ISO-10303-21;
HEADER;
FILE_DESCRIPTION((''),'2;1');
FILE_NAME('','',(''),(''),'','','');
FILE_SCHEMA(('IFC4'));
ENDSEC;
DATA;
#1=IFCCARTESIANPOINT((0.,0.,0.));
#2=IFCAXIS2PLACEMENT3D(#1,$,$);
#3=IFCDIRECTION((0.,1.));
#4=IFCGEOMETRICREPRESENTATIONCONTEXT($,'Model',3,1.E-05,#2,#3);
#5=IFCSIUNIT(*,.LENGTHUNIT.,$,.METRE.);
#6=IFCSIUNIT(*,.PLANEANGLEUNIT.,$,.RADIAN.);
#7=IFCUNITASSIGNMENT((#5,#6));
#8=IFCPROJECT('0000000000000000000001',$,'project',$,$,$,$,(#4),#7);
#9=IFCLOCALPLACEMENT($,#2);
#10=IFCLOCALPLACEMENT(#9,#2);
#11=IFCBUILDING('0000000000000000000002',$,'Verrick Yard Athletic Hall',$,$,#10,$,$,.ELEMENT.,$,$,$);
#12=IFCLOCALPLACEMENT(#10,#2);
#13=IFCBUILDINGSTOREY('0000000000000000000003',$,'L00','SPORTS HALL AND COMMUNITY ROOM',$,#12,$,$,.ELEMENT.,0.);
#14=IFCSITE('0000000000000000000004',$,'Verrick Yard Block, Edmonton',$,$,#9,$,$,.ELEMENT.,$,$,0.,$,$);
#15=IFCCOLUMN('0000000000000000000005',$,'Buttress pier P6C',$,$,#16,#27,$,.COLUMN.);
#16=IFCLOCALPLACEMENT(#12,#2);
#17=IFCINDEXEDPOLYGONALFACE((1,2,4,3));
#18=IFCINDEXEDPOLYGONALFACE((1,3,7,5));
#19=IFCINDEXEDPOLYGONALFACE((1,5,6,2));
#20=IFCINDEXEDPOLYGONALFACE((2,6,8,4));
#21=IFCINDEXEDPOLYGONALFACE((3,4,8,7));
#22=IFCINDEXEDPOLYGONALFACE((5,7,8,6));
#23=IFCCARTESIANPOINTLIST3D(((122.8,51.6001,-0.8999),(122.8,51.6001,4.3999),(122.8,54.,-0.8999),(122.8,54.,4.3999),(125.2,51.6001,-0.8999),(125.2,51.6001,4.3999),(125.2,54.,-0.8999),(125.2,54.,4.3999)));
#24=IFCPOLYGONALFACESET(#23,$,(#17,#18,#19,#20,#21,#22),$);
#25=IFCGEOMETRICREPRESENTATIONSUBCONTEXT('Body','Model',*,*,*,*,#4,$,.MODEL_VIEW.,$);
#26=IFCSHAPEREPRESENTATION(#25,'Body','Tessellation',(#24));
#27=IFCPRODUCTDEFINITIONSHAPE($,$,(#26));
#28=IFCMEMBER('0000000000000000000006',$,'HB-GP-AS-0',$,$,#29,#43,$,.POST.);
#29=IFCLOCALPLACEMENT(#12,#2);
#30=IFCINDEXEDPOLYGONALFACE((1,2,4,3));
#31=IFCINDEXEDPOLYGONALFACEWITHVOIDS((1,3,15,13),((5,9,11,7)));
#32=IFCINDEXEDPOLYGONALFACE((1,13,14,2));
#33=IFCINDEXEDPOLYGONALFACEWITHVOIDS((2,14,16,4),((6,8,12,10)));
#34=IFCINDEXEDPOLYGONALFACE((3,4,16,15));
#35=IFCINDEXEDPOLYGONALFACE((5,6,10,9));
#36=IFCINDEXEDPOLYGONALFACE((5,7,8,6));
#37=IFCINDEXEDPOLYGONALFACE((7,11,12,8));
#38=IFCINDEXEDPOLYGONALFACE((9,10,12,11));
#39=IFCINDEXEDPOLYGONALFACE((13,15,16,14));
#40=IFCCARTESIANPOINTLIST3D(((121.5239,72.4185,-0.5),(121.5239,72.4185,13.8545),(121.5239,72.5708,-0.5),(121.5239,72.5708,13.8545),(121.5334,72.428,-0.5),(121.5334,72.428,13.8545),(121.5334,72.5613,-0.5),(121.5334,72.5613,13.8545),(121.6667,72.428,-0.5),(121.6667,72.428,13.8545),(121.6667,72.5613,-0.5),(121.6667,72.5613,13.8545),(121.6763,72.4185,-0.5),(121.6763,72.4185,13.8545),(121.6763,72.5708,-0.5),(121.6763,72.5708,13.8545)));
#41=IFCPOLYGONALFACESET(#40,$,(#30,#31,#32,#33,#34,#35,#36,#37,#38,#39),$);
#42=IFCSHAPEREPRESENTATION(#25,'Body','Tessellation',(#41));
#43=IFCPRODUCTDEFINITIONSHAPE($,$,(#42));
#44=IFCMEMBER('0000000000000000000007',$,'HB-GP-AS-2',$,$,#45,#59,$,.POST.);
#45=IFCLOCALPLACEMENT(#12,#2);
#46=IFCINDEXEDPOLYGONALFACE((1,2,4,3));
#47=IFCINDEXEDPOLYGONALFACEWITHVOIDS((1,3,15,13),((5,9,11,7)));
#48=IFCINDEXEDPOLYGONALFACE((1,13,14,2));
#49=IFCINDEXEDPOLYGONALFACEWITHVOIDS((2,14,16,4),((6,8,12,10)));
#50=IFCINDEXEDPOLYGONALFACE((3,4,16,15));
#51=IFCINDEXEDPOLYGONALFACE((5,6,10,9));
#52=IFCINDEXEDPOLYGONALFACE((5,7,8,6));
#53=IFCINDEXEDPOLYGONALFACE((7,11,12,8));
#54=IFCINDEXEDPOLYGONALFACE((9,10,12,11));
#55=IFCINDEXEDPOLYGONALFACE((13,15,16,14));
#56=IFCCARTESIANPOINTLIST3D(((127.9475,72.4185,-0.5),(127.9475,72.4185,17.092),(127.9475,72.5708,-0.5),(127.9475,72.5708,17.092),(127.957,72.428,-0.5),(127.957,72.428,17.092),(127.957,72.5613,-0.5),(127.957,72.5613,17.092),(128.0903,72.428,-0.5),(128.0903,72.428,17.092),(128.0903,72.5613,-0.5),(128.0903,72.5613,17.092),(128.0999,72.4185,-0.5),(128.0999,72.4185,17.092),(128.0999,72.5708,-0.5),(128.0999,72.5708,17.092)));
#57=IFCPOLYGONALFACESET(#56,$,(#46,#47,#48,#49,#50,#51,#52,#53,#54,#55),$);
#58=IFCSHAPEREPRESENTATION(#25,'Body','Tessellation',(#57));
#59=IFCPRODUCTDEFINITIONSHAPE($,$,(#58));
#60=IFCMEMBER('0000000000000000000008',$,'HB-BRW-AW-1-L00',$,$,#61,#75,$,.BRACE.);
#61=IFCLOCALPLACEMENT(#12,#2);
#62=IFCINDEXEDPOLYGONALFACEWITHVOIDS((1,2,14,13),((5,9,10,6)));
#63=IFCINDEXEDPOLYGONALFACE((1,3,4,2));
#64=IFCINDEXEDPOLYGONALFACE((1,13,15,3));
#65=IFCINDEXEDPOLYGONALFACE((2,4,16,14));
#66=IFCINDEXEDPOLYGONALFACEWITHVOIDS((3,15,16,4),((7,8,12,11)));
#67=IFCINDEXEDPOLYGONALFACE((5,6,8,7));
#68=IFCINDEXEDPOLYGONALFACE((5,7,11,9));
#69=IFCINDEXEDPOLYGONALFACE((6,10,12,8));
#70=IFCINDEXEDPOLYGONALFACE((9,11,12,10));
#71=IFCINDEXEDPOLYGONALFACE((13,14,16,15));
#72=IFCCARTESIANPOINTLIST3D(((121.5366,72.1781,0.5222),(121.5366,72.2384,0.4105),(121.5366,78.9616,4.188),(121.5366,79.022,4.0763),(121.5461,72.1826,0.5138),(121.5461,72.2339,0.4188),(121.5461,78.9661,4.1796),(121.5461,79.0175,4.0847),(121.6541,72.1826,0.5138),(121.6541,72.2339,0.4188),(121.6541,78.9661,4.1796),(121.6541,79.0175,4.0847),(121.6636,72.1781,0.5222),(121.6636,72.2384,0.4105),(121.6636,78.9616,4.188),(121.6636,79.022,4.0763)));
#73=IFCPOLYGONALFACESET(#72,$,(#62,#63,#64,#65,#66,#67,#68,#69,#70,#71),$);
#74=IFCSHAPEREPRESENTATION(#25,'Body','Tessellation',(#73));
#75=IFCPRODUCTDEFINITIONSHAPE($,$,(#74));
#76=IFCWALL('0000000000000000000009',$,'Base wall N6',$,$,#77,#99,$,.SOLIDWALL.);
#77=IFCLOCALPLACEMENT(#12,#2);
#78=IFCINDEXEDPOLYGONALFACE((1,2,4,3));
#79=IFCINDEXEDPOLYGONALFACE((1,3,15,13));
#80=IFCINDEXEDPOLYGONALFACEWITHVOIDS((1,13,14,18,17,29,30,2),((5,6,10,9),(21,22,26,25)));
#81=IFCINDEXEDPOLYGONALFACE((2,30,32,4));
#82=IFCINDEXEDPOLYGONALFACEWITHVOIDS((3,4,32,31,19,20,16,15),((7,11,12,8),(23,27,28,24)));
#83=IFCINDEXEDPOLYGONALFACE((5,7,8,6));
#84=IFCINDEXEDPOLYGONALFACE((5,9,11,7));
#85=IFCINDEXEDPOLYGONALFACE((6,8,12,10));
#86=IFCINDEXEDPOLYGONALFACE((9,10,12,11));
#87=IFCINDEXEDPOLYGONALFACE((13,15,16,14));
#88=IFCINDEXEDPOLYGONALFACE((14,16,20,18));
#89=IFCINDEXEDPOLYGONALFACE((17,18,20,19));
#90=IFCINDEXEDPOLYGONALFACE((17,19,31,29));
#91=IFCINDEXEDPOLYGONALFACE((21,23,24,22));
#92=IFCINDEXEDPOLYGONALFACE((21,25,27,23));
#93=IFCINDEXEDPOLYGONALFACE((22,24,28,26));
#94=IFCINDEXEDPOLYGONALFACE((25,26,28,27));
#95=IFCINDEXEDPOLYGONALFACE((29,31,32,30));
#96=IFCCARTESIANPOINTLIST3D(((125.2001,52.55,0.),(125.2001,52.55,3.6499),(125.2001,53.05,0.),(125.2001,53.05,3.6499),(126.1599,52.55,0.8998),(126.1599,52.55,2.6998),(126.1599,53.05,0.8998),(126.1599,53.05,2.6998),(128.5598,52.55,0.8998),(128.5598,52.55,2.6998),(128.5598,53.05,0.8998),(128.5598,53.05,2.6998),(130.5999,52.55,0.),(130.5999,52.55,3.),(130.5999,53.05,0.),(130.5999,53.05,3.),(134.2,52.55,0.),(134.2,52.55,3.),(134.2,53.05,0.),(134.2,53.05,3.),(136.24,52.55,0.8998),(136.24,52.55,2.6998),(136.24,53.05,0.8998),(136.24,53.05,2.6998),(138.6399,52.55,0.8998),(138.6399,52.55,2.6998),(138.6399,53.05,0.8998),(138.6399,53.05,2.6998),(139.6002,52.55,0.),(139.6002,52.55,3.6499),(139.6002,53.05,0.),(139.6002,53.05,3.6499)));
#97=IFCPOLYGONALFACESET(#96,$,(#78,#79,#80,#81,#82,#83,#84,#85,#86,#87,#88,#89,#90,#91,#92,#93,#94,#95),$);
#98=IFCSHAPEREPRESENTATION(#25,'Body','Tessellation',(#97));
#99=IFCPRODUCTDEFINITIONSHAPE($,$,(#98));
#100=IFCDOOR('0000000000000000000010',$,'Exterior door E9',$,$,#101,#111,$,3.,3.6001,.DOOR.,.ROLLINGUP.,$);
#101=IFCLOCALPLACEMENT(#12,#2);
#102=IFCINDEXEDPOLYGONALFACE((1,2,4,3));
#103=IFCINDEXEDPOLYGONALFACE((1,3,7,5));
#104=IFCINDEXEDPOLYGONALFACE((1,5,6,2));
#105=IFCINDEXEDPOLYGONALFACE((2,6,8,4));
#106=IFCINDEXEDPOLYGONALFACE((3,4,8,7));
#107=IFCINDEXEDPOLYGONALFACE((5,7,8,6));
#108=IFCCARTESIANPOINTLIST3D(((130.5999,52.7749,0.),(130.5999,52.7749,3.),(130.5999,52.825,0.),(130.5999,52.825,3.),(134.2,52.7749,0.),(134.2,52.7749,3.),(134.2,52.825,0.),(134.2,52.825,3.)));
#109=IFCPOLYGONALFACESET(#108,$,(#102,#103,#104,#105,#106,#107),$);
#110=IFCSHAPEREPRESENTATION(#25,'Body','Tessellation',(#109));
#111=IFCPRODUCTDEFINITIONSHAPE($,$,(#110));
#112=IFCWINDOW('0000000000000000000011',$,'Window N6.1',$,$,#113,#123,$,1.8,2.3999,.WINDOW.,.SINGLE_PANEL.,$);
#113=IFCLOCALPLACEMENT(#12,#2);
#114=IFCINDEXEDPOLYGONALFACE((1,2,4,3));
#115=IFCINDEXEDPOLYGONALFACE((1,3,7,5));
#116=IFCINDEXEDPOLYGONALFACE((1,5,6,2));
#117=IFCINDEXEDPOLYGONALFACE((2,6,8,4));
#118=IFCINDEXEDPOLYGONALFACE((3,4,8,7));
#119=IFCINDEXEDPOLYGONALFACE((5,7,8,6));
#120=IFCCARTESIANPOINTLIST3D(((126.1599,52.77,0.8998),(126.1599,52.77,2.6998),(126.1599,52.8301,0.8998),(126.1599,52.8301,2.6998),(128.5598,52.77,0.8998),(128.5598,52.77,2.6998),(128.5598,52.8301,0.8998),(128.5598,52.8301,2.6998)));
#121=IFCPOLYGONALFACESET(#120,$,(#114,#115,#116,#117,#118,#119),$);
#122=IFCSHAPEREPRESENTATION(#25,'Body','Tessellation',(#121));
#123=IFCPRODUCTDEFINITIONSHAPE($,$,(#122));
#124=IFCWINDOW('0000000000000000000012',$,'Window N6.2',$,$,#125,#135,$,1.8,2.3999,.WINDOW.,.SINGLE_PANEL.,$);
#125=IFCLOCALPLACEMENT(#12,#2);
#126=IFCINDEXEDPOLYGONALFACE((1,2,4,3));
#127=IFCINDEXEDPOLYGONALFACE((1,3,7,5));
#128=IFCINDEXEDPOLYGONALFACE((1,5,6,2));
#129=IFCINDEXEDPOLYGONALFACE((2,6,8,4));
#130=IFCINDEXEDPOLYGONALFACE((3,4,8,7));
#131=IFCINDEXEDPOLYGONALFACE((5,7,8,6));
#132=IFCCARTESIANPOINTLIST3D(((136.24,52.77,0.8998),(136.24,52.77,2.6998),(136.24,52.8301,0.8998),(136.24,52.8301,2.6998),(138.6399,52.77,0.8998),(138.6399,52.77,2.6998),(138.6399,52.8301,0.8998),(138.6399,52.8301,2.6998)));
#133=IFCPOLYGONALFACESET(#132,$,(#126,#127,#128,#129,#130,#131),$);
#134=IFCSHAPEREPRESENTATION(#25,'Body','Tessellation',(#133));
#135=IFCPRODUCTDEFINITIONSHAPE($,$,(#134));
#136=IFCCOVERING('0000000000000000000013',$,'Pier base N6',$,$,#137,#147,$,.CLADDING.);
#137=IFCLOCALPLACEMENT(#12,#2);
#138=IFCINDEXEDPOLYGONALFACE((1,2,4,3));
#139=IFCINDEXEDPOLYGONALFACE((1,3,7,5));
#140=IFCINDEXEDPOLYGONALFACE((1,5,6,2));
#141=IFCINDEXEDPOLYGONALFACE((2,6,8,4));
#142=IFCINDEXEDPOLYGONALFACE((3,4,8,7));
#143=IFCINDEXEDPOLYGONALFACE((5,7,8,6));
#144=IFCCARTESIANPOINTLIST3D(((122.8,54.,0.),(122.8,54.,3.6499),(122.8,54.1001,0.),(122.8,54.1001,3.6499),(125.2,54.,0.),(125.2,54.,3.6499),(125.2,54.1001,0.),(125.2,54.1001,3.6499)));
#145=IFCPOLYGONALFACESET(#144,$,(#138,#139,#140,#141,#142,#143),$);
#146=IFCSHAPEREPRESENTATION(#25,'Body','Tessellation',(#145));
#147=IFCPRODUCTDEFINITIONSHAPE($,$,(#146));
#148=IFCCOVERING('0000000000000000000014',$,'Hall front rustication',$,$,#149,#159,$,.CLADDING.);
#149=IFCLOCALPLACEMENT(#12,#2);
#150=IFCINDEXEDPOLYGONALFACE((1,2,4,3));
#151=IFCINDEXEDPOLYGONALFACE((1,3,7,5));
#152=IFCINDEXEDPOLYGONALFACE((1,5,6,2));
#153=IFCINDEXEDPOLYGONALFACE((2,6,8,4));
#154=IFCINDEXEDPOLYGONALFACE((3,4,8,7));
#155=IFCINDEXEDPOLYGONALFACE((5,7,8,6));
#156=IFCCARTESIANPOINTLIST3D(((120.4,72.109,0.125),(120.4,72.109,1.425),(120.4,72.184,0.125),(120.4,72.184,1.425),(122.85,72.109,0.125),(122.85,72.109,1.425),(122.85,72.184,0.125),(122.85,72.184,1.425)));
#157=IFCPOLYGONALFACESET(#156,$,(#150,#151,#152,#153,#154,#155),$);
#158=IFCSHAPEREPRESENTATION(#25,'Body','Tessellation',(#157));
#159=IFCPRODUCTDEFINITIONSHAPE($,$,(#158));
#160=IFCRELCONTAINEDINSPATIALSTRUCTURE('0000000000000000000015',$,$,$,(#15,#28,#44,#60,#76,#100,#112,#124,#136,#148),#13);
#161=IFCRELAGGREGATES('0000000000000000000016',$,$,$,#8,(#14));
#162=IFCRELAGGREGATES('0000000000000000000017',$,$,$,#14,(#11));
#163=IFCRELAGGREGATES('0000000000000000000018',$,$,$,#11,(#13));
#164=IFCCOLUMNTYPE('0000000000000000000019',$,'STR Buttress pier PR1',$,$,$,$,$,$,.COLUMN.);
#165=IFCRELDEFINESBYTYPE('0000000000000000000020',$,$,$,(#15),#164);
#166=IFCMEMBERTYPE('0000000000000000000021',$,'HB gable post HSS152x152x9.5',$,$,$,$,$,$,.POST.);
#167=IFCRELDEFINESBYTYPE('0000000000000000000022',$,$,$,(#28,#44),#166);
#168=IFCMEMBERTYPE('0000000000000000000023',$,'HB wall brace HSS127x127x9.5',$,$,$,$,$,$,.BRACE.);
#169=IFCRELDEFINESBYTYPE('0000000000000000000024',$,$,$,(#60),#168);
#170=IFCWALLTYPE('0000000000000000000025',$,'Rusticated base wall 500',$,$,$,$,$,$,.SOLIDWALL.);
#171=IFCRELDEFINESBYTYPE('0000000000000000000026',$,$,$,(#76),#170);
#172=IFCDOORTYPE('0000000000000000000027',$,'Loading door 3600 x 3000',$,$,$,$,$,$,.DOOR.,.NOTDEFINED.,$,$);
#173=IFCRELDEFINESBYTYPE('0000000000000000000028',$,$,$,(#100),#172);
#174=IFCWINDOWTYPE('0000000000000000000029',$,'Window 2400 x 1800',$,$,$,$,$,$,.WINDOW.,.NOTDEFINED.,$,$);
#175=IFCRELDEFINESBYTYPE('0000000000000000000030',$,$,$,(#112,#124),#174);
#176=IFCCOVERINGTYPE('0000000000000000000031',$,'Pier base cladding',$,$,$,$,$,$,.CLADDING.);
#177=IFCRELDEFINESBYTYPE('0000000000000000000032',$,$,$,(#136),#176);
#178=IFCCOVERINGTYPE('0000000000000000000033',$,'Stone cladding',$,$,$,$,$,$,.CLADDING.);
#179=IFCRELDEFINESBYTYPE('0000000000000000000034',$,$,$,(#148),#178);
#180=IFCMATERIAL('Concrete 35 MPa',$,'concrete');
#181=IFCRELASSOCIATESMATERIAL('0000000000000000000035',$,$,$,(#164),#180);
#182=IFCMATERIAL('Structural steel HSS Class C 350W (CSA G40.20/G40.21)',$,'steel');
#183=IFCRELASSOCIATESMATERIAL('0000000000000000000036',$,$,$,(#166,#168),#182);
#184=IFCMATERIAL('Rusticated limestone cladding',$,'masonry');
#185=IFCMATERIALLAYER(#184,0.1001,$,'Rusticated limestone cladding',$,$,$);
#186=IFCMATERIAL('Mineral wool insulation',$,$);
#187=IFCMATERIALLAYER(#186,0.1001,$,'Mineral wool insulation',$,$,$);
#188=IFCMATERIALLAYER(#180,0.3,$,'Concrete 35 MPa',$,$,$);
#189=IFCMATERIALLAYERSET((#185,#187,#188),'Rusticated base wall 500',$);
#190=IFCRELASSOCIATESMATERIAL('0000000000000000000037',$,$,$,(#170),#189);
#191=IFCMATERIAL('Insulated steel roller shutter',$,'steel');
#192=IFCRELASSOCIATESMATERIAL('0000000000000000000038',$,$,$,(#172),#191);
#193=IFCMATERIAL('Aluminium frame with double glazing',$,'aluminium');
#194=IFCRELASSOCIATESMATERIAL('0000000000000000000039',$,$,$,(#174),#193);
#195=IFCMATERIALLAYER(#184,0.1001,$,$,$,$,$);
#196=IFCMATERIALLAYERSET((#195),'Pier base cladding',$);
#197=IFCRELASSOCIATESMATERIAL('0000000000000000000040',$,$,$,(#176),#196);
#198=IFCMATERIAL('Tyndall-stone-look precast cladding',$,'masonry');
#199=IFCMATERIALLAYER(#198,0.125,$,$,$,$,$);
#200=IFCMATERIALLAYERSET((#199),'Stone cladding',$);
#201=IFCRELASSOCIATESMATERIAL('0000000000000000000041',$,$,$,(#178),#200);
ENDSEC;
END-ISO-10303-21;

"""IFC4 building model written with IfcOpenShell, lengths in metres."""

from ifc_helpers import new_model, si_unit, direction, frame, frame_2d, origin, origin_2d, place, context, subcontext, project, spatial, rectangle, hollow_rectangle, extrude, material, layer, layer_set, material_profile, profile_set, type_object, element, fill, save


model = new_model("IFC4")

# Units and contexts
model_context = context("Model", 3, precision=1e-05, world=origin(), true_north=direction((0.0, 1.0)))
body_context = subcontext(model_context, "Body", "Model", "MODEL_VIEW")
ifc_project = project(units=[si_unit("LENGTHUNIT", "METRE"), si_unit("PLANEANGLEUNIT", "RADIAN")], contexts=[model_context])

# Site, building, storey
site_placement = place(None, origin())
site = spatial("IfcSite", under=ifc_project, at=site_placement, Name="Verrick Yard Block, Edmonton", CompositionType="ELEMENT", RefElevation=0.0)
building_placement = place(site_placement, origin())
building = spatial("IfcBuilding", under=site, at=building_placement, Name="Verrick Yard Athletic Hall", CompositionType="ELEMENT")
storey_placement = place(building_placement, origin())
storey = spatial("IfcBuildingStorey", under=building, at=storey_placement, Name="L00", Description="SPORTS HALL AND COMMUNITY ROOM", CompositionType="ELEMENT", Elevation=0.0)

# Shared definitions
ifc_material_1 = material(Name="Concrete 35 MPa", Category="concrete")

# Column
ifc_material_profile_1 = material_profile(ifc_material_1, rectangle(XDim=2.3999, YDim=2.3999, at=origin_2d()), Name="STR Buttress pier PR1")
ifc_profile_set_1 = profile_set([ifc_material_profile_1], Name="Concrete 35 MPa")
column_type_1 = type_object("IfcColumnType", Name="STR Buttress pier PR1", PredefinedType="COLUMN", material=ifc_profile_set_1)
column_placement = place(storey_placement, frame((124.0, 52.8, -0.8999), z_axis=(0.0, 0.0, 1.0), x_axis=(1.0, 0.0, 0.0)))
element("IfcColumn", 1, at=column_placement, inside=storey, type_object=column_type_1, Name="Buttress pier P6C", PredefinedType="COLUMN", context=body_context, shape_type="SweptSolid", body=[
    extrude(rectangle(XDim=2.3999, YDim=2.3999, at=origin_2d()), origin(), (0.0, 0.0, 1.0), 5.2998),
])

# Members
ifc_material_2 = material(Name="Structural steel HSS Class C 350W (CSA G40.20/G40.21)", Category="steel")
ifc_material_profile_2 = material_profile(ifc_material_2, hollow_rectangle(XDim=0.1523, YDim=0.1523, WallThickness=0.0095, at=origin_2d()), Name="HSS152x152x9.5")
ifc_profile_set_2 = profile_set([ifc_material_profile_2], Name="Structural steel HSS Class C 350W (CSA G40.20/G40.21)")
member_type_1 = type_object("IfcMemberType", Name="HB gable post HSS152x152x9.5", PredefinedType="POST", material=ifc_profile_set_2)
member_1_placement = place(storey_placement, frame((121.6001, 72.4946, -0.5), z_axis=(0.0, 0.0, 1.0), x_axis=(1.0, 0.0, 0.0)))
element("IfcMember", 2, at=member_1_placement, inside=storey, type_object=member_type_1, Name="HB-GP-AS-0", PredefinedType="POST", context=body_context, shape_type="SweptSolid", body=[
    extrude(hollow_rectangle(XDim=0.1523, YDim=0.1523, WallThickness=0.0095, at=origin_2d()), origin(), (0.0, 0.0, 1.0), 14.3545),
])
member_2_placement = place(storey_placement, frame((128.0237, 72.4946, -0.5), z_axis=(0.0, 0.0, 1.0), x_axis=(1.0, 0.0, 0.0)))
element("IfcMember", 3, at=member_2_placement, inside=storey, type_object=member_type_1, Name="HB-GP-AS-2", PredefinedType="POST", context=body_context, shape_type="SweptSolid", body=[
    extrude(hollow_rectangle(XDim=0.1523, YDim=0.1523, WallThickness=0.0095, at=origin_2d()), origin(), (0.0, 0.0, 1.0), 17.592),
])
ifc_material_profile_3 = material_profile(ifc_material_2, hollow_rectangle(XDim=0.127, YDim=0.127, WallThickness=0.0095, at=origin_2d()), Name="HSS127x127x9.5")
ifc_profile_set_3 = profile_set([ifc_material_profile_3], Name="Structural steel HSS Class C 350W (CSA G40.20/G40.21)")
member_type_2 = type_object("IfcMemberType", Name="HB wall brace HSS127x127x9.5", PredefinedType="BRACE", material=ifc_profile_set_3)
member_3_placement = place(storey_placement, frame((121.6001, 72.2083, 0.4663), z_axis=(0.0, 0.879758, 0.475421), x_axis=(-1.0, 0.0, 0.0)))
element("IfcMember", 4, at=member_3_placement, inside=storey, type_object=member_type_2, Name="HB-BRW-AW-1-L00", PredefinedType="BRACE", context=body_context, shape_type="SweptSolid", body=[
    extrude(hollow_rectangle(XDim=0.127, YDim=0.127, WallThickness=0.0095, at=origin_2d()), origin(), (0.0, 0.0, 1.0), 7.7107),
])

# Wall, openings, door, windows
ifc_material_3 = material(Name="Rusticated limestone cladding", Category="masonry")
ifc_layer_1 = layer(ifc_material_3, 0.1001, Name="Rusticated limestone cladding")
ifc_material_4 = material(Name="Mineral wool insulation")
ifc_layer_2 = layer(ifc_material_4, 0.1001, Name="Mineral wool insulation")
ifc_layer_3 = layer(ifc_material_1, 0.3, Name="Concrete 35 MPa")
ifc_layer_set_1 = layer_set([ifc_layer_1, ifc_layer_2, ifc_layer_3], Name="Rusticated base wall 500")
wall_type = type_object("IfcWallType", Name="Rusticated base wall 500", PredefinedType="SOLIDWALL", material=ifc_layer_set_1)
wall_placement = place(storey_placement, frame((125.2, 52.8, 0.0), z_axis=(0.0, 0.0, 1.0), x_axis=(1.0, 0.0, 0.0)))
wall = element("IfcWall", 5, at=wall_placement, inside=storey, type_object=wall_type, Name="Base wall N6", PredefinedType="SOLIDWALL", context=body_context, shape_type="SweptSolid", body=[
    extrude(rectangle(XDim=14.4001, YDim=0.5, at=frame_2d((7.2002, 0.0))), origin(), (0.0, 0.0, 1.0), 3.6499),
])
opening_1_placement = place(wall_placement, frame((0.96, 0.0, 0.8999)))
opening_1 = element("IfcOpeningElement", 6, at=opening_1_placement, cuts=wall, PredefinedType="OPENING", context=body_context, shape_type="SweptSolid", body=[
    extrude(rectangle(XDim=2.3999, YDim=1.8, at=frame_2d((1.2, 0.8999))), frame((0.0, 0.26, 0.0), z_axis=(0.0, -1.0, 0.0), x_axis=(1.0, 0.0, 0.0)), (0.0, 0.0, 1.0), 0.52),
])
opening_2_placement = place(wall_placement, frame((11.04, 0.0, 0.8999)))
opening_2 = element("IfcOpeningElement", 7, at=opening_2_placement, cuts=wall, PredefinedType="OPENING", context=body_context, shape_type="SweptSolid", body=[
    extrude(rectangle(XDim=2.3999, YDim=1.8, at=frame_2d((1.2, 0.8999))), frame((0.0, 0.26, 0.0), z_axis=(0.0, -1.0, 0.0), x_axis=(1.0, 0.0, 0.0)), (0.0, 0.0, 1.0), 0.52),
])
opening_3_placement = place(wall_placement, frame((5.3999, 0.0, 0.0)))
opening_3 = element("IfcOpeningElement", 8, at=opening_3_placement, cuts=wall, PredefinedType="OPENING", context=body_context, shape_type="SweptSolid", body=[
    extrude(rectangle(XDim=3.6001, YDim=3.0, at=frame_2d((1.8, 1.5))), frame((0.0, 0.26, 0.0), z_axis=(0.0, -1.0, 0.0), x_axis=(1.0, 0.0, 0.0)), (0.0, 0.0, 1.0), 0.52),
])
ifc_material_5 = material(Name="Insulated steel roller shutter", Category="steel")
door_type = type_object("IfcDoorType", Name="Loading door 3600 x 3000", OperationType="NOTDEFINED", PredefinedType="DOOR", material=ifc_material_5)
door_placement = place(opening_3_placement, origin())
door = element("IfcDoor", 9, at=door_placement, inside=storey, type_object=door_type, Name="Exterior door E9", OperationType="ROLLINGUP", OverallHeight=3.0, OverallWidth=3.6001, PredefinedType="DOOR", context=body_context, shape_type="SweptSolid", body=[
    extrude(rectangle(XDim=3.6001, YDim=3.0, at=frame_2d((1.8, 1.5))), frame((0.0, 0.0249, 0.0), z_axis=(0.0, -1.0, 0.0), x_axis=(1.0, 0.0, 0.0)), (0.0, 0.0, 1.0), 0.05),
])
fill(opening_3, door)
ifc_material_6 = material(Name="Aluminium frame with double glazing", Category="aluminium")
window_type = type_object("IfcWindowType", Name="Window 2400 x 1800", PartitioningType="NOTDEFINED", PredefinedType="WINDOW", material=ifc_material_6)
window_1_placement = place(opening_1_placement, origin())
window_1 = element("IfcWindow", 10, at=window_1_placement, inside=storey, type_object=window_type, Name="Window N6.1", OverallHeight=1.8, OverallWidth=2.3999, PartitioningType="SINGLE_PANEL", PredefinedType="WINDOW", context=body_context, shape_type="SweptSolid", body=[
    extrude(rectangle(XDim=2.3999, YDim=1.8, at=frame_2d((1.2, 0.8999))), frame((0.0, 0.03, 0.0), z_axis=(0.0, -1.0, 0.0), x_axis=(1.0, 0.0, 0.0)), (0.0, 0.0, 1.0), 0.0601),
])
fill(opening_1, window_1)
window_2_placement = place(opening_2_placement, origin())
window_2 = element("IfcWindow", 11, at=window_2_placement, inside=storey, type_object=window_type, Name="Window N6.2", OverallHeight=1.8, OverallWidth=2.3999, PartitioningType="SINGLE_PANEL", PredefinedType="WINDOW", context=body_context, shape_type="SweptSolid", body=[
    extrude(rectangle(XDim=2.3999, YDim=1.8, at=frame_2d((1.2, 0.8999))), frame((0.0, 0.03, 0.0), z_axis=(0.0, -1.0, 0.0), x_axis=(1.0, 0.0, 0.0)), (0.0, 0.0, 1.0), 0.0601),
])
fill(opening_2, window_2)

# Coverings
ifc_layer_4 = layer(ifc_material_3, 0.1001)
ifc_layer_set_2 = layer_set([ifc_layer_4], Name="Pier base cladding")
covering_type_1 = type_object("IfcCoveringType", Name="Pier base cladding", PredefinedType="CLADDING", material=ifc_layer_set_2)
covering_placement = place(storey_placement, frame((124.0, 54.05, 0.0), z_axis=(0.0, 0.0, 1.0), x_axis=(1.0, 0.0, 0.0)))
element("IfcCovering", 12, at=covering_placement, inside=storey, type_object=covering_type_1, Name="Pier base N6", PredefinedType="CLADDING", context=body_context, shape_type="SweptSolid", body=[
    extrude(rectangle(XDim=2.3999, YDim=0.1001, at=origin_2d()), origin(), (0.0, 0.0, 1.0), 3.6499),
])
ifc_material_7 = material(Name="Tyndall-stone-look precast cladding", Category="masonry")
ifc_layer_5 = layer(ifc_material_7, 0.125)
ifc_layer_set_3 = layer_set([ifc_layer_5], Name="Stone cladding")
covering_type_2 = type_object("IfcCoveringType", Name="Stone cladding", PredefinedType="CLADDING", material=ifc_layer_set_3)
for number, where, z_axis, x_axis, name in (
    (13, (121.625, 72.1465, 0.125), (0.0, 0.0, 1.0), (1.0, 0.0, 0.0), "Hall front rustication"),
):
    element("IfcCovering", number, at=place(storey_placement, frame(where, z_axis=z_axis, x_axis=x_axis)), inside=storey, type_object=covering_type_2, Name=name, PredefinedType="CLADDING", context=body_context, shape_type="SweptSolid", body=[
        extrude(rectangle(XDim=2.45, YDim=0.075, at=origin_2d()), origin(), (0.0, 0.0, 1.0), 1.3),
    ])

save(model, "model.ifc")
